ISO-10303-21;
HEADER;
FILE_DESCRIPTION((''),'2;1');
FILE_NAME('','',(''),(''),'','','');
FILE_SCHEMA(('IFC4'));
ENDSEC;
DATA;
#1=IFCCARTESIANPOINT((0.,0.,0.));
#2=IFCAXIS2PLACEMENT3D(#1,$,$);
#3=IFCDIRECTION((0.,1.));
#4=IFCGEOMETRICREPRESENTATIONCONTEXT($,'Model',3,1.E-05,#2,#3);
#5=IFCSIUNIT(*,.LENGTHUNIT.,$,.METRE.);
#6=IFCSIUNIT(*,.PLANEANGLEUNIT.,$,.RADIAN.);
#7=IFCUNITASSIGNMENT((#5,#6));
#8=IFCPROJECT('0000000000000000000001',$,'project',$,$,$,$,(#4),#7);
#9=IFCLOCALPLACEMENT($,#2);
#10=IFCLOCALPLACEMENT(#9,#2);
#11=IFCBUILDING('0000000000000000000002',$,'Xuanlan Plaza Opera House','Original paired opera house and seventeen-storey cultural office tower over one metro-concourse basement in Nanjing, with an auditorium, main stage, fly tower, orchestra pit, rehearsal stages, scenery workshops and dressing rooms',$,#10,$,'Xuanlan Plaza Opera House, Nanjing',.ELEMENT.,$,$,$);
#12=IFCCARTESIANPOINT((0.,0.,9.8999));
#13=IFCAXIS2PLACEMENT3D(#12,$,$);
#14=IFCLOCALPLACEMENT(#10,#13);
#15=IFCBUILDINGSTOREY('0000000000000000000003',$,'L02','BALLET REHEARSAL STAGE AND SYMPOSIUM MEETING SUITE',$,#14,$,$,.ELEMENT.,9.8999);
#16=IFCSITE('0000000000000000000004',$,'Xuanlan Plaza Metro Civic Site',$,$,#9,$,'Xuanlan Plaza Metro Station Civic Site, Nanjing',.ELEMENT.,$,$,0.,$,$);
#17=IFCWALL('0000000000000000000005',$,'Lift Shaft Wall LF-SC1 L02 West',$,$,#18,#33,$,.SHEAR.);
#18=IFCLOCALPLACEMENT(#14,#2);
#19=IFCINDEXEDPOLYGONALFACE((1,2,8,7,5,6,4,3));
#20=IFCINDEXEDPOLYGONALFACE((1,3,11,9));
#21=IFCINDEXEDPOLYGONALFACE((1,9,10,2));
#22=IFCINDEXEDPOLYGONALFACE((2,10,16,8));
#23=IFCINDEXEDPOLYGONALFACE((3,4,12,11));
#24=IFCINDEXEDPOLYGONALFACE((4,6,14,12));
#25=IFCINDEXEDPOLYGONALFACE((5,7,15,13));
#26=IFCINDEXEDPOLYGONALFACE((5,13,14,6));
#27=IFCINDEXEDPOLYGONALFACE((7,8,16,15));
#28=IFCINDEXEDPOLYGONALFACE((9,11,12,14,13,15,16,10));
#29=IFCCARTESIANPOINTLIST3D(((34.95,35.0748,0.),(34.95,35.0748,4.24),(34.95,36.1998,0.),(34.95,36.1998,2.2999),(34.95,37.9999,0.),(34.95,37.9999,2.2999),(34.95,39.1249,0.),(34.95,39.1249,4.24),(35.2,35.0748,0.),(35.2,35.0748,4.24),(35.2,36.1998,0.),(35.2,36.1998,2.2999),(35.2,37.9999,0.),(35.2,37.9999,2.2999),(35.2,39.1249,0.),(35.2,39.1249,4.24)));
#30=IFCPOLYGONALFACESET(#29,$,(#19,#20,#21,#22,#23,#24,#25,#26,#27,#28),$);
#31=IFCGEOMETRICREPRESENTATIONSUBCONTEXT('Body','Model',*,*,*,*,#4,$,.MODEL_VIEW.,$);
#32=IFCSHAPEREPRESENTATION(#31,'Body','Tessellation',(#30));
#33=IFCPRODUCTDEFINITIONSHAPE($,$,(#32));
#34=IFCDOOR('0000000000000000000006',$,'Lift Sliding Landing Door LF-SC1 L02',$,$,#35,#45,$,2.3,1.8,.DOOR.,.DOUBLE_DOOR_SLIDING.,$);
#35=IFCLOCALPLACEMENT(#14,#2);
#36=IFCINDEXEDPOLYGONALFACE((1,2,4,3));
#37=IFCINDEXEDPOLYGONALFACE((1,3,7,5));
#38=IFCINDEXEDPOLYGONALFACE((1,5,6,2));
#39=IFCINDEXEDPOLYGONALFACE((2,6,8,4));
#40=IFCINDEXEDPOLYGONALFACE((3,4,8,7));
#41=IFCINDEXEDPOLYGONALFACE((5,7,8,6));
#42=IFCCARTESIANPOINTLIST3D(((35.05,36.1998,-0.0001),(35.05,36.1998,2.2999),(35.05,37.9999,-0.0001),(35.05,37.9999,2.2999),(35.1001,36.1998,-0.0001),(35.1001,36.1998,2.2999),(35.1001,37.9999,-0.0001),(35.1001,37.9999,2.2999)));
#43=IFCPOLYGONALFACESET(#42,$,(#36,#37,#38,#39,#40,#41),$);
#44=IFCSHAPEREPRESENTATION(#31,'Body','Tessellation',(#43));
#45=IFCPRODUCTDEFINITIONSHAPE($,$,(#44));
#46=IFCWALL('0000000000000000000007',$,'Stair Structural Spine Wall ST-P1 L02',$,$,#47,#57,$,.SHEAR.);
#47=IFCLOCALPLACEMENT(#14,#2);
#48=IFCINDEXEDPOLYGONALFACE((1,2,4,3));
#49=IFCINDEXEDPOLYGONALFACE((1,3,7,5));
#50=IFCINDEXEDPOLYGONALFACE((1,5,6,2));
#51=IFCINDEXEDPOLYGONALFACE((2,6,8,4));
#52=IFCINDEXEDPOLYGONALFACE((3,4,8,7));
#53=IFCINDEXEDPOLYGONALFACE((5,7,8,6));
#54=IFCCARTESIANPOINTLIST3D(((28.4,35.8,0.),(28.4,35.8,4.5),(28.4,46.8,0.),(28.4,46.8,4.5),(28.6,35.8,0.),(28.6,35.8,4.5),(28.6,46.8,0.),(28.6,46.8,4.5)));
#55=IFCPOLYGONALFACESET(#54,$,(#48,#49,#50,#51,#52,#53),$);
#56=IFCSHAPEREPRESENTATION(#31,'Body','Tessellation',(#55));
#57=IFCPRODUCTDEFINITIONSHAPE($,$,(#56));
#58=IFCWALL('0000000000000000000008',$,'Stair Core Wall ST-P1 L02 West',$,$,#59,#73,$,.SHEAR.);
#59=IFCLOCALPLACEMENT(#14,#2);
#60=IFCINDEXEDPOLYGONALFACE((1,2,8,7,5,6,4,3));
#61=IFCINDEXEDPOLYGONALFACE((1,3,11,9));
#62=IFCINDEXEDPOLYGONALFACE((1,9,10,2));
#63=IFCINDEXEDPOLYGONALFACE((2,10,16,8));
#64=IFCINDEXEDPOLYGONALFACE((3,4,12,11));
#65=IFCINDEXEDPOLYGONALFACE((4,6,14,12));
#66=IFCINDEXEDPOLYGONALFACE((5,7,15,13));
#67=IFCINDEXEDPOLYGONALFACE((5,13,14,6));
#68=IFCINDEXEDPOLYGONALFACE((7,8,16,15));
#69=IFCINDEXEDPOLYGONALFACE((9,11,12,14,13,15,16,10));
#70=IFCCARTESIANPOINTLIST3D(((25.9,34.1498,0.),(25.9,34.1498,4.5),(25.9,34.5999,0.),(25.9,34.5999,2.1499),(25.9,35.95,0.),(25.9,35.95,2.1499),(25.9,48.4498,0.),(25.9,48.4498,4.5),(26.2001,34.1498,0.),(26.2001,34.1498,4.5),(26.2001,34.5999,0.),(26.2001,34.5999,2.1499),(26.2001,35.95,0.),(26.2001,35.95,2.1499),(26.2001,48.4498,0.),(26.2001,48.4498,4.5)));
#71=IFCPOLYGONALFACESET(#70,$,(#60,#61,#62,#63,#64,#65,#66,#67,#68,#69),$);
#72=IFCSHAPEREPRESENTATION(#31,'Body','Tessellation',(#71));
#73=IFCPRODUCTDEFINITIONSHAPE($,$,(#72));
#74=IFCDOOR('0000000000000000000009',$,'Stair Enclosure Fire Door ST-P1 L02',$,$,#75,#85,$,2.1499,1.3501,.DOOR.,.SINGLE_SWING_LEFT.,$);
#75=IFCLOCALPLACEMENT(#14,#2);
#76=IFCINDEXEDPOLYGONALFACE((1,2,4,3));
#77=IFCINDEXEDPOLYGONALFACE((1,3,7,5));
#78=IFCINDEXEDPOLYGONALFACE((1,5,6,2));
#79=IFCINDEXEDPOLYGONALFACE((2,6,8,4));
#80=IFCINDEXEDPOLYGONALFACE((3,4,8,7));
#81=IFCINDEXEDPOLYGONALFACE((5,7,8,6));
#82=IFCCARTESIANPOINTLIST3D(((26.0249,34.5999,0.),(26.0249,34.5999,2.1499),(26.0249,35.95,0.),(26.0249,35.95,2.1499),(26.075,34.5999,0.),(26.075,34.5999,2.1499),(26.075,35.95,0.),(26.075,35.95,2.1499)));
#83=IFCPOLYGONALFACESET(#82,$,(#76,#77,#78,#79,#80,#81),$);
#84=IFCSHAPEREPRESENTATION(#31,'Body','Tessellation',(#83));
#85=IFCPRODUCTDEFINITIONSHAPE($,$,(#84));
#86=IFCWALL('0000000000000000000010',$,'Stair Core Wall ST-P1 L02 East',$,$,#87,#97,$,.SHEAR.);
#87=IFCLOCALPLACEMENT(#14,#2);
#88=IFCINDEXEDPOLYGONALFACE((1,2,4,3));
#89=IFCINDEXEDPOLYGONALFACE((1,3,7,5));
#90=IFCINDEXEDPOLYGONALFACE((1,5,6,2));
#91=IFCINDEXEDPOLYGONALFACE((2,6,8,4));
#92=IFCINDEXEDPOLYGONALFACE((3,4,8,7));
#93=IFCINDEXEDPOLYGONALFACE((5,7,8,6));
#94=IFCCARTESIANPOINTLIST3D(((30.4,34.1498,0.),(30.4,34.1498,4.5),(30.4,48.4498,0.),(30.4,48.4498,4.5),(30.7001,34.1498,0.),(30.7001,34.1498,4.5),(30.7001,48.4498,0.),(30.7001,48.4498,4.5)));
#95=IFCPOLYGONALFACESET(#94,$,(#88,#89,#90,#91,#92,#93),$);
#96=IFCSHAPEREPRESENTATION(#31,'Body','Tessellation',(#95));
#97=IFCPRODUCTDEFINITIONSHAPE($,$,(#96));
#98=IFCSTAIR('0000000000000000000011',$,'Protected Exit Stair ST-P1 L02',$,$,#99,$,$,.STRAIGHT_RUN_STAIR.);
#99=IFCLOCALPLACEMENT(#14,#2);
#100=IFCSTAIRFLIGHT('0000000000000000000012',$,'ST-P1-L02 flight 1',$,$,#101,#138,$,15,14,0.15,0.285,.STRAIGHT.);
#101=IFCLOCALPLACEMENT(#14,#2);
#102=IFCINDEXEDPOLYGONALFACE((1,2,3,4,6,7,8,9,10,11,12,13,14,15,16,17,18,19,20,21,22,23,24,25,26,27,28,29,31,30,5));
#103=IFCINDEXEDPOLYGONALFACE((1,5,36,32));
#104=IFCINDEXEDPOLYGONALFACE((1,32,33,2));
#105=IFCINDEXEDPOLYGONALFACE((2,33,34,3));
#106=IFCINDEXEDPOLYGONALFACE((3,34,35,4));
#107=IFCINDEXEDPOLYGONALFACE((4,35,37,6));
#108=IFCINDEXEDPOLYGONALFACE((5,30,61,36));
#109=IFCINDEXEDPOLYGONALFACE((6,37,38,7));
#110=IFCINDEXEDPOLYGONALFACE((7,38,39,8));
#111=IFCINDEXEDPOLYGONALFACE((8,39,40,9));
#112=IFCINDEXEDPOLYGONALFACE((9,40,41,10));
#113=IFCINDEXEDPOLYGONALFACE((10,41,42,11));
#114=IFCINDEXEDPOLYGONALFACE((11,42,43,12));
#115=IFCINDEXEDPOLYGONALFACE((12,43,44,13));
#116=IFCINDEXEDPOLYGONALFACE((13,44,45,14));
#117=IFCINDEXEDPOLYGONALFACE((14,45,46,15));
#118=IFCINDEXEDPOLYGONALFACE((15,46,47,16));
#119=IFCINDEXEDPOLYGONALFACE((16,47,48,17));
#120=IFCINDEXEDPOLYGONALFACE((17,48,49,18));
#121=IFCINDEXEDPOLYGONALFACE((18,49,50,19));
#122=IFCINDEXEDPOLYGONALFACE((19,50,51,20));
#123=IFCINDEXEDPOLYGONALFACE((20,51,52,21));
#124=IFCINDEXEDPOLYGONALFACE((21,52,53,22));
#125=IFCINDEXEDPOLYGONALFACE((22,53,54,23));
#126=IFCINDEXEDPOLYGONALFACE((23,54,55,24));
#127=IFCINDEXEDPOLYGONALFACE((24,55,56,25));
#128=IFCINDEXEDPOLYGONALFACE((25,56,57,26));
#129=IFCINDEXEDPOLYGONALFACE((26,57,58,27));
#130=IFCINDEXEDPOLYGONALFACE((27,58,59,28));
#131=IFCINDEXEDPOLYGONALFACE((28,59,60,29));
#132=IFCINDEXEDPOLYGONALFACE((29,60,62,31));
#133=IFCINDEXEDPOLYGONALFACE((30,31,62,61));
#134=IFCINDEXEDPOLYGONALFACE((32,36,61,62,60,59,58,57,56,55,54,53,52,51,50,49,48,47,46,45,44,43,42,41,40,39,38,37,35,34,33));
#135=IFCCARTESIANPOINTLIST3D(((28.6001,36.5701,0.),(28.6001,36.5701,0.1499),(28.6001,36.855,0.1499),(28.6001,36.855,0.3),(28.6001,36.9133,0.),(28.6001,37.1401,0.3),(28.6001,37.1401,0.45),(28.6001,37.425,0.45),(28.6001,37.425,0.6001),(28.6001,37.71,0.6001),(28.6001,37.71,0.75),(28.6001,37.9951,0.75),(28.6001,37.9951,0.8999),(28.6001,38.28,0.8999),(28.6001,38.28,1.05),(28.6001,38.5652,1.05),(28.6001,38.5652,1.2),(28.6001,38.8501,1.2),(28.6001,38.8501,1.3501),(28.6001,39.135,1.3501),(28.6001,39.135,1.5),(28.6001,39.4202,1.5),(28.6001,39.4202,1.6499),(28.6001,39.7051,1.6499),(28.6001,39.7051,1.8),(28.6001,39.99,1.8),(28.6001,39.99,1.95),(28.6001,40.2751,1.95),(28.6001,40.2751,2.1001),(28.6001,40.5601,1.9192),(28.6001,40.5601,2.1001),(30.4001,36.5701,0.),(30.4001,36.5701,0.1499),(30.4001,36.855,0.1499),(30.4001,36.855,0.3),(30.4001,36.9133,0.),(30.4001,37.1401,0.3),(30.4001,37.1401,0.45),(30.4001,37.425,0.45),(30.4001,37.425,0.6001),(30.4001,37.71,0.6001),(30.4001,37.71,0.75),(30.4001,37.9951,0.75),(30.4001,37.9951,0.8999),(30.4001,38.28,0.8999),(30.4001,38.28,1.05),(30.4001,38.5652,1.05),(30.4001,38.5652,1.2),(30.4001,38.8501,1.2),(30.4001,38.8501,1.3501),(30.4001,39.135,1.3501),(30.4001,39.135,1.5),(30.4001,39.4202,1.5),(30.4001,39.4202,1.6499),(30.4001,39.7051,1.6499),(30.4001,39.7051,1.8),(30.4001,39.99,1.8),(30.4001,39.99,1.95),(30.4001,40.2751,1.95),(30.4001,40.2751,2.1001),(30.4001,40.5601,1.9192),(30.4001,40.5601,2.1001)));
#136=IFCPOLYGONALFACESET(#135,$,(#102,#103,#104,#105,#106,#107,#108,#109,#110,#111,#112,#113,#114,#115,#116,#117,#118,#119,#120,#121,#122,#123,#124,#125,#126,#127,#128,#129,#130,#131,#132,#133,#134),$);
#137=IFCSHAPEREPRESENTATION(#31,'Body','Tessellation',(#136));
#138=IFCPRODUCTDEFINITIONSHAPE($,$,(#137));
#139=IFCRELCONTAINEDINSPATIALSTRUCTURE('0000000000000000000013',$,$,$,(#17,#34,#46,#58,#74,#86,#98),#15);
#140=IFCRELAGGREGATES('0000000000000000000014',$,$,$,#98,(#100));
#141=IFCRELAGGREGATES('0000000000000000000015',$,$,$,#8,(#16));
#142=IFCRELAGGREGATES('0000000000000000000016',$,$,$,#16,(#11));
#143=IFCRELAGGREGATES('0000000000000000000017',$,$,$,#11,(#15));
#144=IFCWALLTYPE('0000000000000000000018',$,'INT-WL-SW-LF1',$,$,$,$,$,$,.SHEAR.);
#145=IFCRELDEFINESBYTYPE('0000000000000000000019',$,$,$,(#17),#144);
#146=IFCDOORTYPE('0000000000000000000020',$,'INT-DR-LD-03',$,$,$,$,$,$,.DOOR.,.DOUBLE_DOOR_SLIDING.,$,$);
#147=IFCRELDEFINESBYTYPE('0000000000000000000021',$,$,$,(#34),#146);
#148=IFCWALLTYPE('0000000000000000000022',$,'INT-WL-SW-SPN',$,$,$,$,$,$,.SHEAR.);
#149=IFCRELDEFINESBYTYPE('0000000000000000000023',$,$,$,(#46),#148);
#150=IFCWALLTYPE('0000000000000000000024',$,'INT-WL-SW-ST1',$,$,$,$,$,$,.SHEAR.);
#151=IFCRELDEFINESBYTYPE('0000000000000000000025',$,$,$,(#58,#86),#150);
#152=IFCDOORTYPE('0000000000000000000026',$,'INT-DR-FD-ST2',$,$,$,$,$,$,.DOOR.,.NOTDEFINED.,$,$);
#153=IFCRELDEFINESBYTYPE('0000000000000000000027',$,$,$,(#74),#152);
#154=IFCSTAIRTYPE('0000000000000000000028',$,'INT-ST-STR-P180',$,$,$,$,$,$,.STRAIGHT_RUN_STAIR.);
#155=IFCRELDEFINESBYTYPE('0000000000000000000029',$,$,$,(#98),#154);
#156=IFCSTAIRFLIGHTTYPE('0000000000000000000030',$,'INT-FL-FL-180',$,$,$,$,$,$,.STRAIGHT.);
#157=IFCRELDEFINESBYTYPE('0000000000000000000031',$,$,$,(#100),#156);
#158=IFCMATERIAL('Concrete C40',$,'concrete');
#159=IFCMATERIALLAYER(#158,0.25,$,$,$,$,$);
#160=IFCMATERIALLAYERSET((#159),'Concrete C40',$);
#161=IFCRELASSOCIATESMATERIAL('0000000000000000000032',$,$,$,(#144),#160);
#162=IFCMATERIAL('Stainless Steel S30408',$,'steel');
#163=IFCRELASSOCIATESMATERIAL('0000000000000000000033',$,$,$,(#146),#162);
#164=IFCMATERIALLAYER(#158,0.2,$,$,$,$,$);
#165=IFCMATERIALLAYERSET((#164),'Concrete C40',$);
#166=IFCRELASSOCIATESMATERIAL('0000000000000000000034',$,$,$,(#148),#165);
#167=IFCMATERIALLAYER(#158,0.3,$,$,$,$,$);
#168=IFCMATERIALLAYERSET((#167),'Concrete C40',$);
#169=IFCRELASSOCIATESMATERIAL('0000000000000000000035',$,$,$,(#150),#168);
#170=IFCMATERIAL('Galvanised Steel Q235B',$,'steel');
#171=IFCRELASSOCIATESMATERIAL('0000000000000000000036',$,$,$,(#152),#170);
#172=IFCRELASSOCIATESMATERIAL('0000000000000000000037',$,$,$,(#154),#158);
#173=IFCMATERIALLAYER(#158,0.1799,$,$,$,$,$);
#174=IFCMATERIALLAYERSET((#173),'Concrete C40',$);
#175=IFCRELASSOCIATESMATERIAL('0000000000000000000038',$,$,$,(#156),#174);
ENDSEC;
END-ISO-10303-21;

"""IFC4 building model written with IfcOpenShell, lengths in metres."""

from ifc_helpers import new_model, si_unit, direction, frame, frame_2d, origin, place, context, subcontext, project, spatial, polyline, rectangle, outline, extrude, material, layer, layer_set, type_object, element, fill, aggregate, save


model = new_model("IFC4")

# Units and contexts
model_context = context("Model", 3, precision=1e-05, world=origin(), true_north=direction((0.0, 1.0)))
body_context = subcontext(model_context, "Body", "Model", "MODEL_VIEW")
ifc_project = project(units=[si_unit("LENGTHUNIT", "METRE"), si_unit("PLANEANGLEUNIT", "RADIAN")], contexts=[model_context])

# Site, building, storey
site_placement = place(None, origin())
site = spatial("IfcSite", under=ifc_project, at=site_placement, Name="Xuanlan Plaza Metro Civic Site", LongName="Xuanlan Plaza Metro Station Civic Site, Nanjing", CompositionType="ELEMENT", RefElevation=0.0)
building_placement = place(site_placement, origin())
building = spatial("IfcBuilding", under=site, at=building_placement, Name="Xuanlan Plaza Opera House", Description="Original paired opera house and seventeen-storey cultural office tower over one metro-concourse basement in Nanjing, with an auditorium, main stage, fly tower, orchestra pit, rehearsal stages, scenery workshops and dressing rooms", LongName="Xuanlan Plaza Opera House, Nanjing", CompositionType="ELEMENT")
storey_placement = place(building_placement, frame((0.0, 0.0, 9.8999)))
storey = spatial("IfcBuildingStorey", under=building, at=storey_placement, Name="L02", Description="BALLET REHEARSAL STAGE AND SYMPOSIUM MEETING SUITE", CompositionType="ELEMENT", Elevation=9.8999)

# Shared definitions
ifc_material_1 = material(Name="Concrete C40", Category="concrete")

# Shared definitions
ifc_layer_1 = layer(ifc_material_1, 0.25)
ifc_layer_set_1 = layer_set([ifc_layer_1], Name="Concrete C40")
wall_type_1 = type_object("IfcWallType", Name="INT-WL-SW-LF1", PredefinedType="SHEAR", material=ifc_layer_set_1)

# Wall, opening, door
wall_1_placement = place(storey_placement, frame((35.075, 35.075, 0.0), z_axis=(0.0, 0.0, 1.0), x_axis=(0.0, 1.0, 0.0)))
wall_1 = element("IfcWall", 1, at=wall_1_placement, inside=storey, type_object=wall_type_1, Name="Lift Shaft Wall LF-SC1 L02 West", PredefinedType="SHEAR", context=body_context, shape_type="SweptSolid", body=[
    extrude(rectangle(XDim=4.05, YDim=0.25, at=frame_2d((2.0249, 0.0))), origin(), (0.0, 0.0, 1.0), 4.24),
])
opening_1_placement = place(wall_1_placement, frame((1.125, 0.0, 0.0)))
opening_1 = element("IfcOpeningElement", 2, at=opening_1_placement, cuts=wall_1, PredefinedType="OPENING", context=body_context, shape_type="SweptSolid", body=[
    extrude(rectangle(XDim=1.8, YDim=2.3, at=frame_2d((0.8999, 1.1499))), frame((0.0, 0.135, 0.0), z_axis=(0.0, -1.0, 0.0), x_axis=(1.0, 0.0, 0.0)), (0.0, 0.0, 1.0), 0.27),
])
ifc_material_2 = material(Name="Stainless Steel S30408", Category="steel")
door_type_1 = type_object("IfcDoorType", Name="INT-DR-LD-03", OperationType="DOUBLE_DOOR_SLIDING", PredefinedType="DOOR", material=ifc_material_2)
door_1_placement = place(opening_1_placement, origin())
door_1 = element("IfcDoor", 3, at=door_1_placement, inside=storey, type_object=door_type_1, Name="Lift Sliding Landing Door LF-SC1 L02", OperationType="DOUBLE_DOOR_SLIDING", OverallHeight=2.3, OverallWidth=1.8, PredefinedType="DOOR", context=body_context, shape_type="SweptSolid", body=[
    extrude(rectangle(XDim=1.8, YDim=2.3, at=frame_2d((0.8999, 1.1499))), frame((0.0, 0.0249, 0.0), z_axis=(0.0, -1.0, 0.0), x_axis=(1.0, 0.0, 0.0)), (0.0, 0.0, 1.0), 0.05),
])
fill(opening_1, door_1)

# Wall
ifc_layer_2 = layer(ifc_material_1, 0.2)
ifc_layer_set_2 = layer_set([ifc_layer_2], Name="Concrete C40")
wall_type_2 = type_object("IfcWallType", Name="INT-WL-SW-SPN", PredefinedType="SHEAR", material=ifc_layer_set_2)
wall_2_placement = place(storey_placement, frame((28.5, 35.8, 0.0), z_axis=(0.0, 0.0, 1.0), x_axis=(0.0, 1.0, 0.0)))
element("IfcWall", 4, at=wall_2_placement, inside=storey, type_object=wall_type_2, Name="Stair Structural Spine Wall ST-P1 L02", PredefinedType="SHEAR", context=body_context, shape_type="SweptSolid", body=[
    extrude(rectangle(XDim=11.0, YDim=0.2, at=frame_2d((5.5, 0.0))), origin(), (0.0, 0.0, 1.0), 4.5),
])

# Wall, opening, door
ifc_layer_3 = layer(ifc_material_1, 0.3)
ifc_layer_set_3 = layer_set([ifc_layer_3], Name="Concrete C40")
wall_type_3 = type_object("IfcWallType", Name="INT-WL-SW-ST1", PredefinedType="SHEAR", material=ifc_layer_set_3)
wall_3_placement = place(storey_placement, frame((26.05, 34.1499, 0.0), z_axis=(0.0, 0.0, 1.0), x_axis=(0.0, 1.0, 0.0)))
wall_3 = element("IfcWall", 5, at=wall_3_placement, inside=storey, type_object=wall_type_3, Name="Stair Core Wall ST-P1 L02 West", PredefinedType="SHEAR", context=body_context, shape_type="SweptSolid", body=[
    extrude(rectangle(XDim=14.3, YDim=0.3, at=frame_2d((7.1499, 0.0))), origin(), (0.0, 0.0, 1.0), 4.5),
])
opening_2_placement = place(wall_3_placement, frame((0.45, 0.0, 0.0)))
opening_2 = element("IfcOpeningElement", 6, at=opening_2_placement, cuts=wall_3, PredefinedType="OPENING", context=body_context, shape_type="SweptSolid", body=[
    extrude(rectangle(XDim=1.3501, YDim=2.1499, at=frame_2d((0.675, 1.075))), frame((0.0, 0.1599, 0.0), z_axis=(0.0, -1.0, 0.0), x_axis=(1.0, 0.0, 0.0)), (0.0, 0.0, 1.0), 0.3201),
])
ifc_material_3 = material(Name="Galvanised Steel Q235B", Category="steel")
door_type_2 = type_object("IfcDoorType", Name="INT-DR-FD-ST2", OperationType="NOTDEFINED", PredefinedType="DOOR", material=ifc_material_3)
door_2_placement = place(opening_2_placement, frame((1.3501, 0.0, 0.0), z_axis=(0.0, 0.0, 1.0), x_axis=(-1.0, 0.0, 0.0)))
door_2 = element("IfcDoor", 7, at=door_2_placement, inside=storey, type_object=door_type_2, Name="Stair Enclosure Fire Door ST-P1 L02", OperationType="SINGLE_SWING_LEFT", OverallHeight=2.1499, OverallWidth=1.3501, PredefinedType="DOOR", context=body_context, shape_type="SweptSolid", body=[
    extrude(rectangle(XDim=1.3501, YDim=2.1499, at=frame_2d((0.675, 1.075))), frame((0.0, 0.0249, 0.0), z_axis=(0.0, -1.0, 0.0), x_axis=(1.0, 0.0, 0.0)), (0.0, 0.0, 1.0), 0.05),
])
fill(opening_2, door_2)

# Wall
wall_4_placement = place(storey_placement, frame((30.55, 34.1499, 0.0), z_axis=(0.0, 0.0, 1.0), x_axis=(0.0, 1.0, 0.0)))
element("IfcWall", 8, at=wall_4_placement, inside=storey, type_object=wall_type_3, Name="Stair Core Wall ST-P1 L02 East", PredefinedType="SHEAR", context=body_context, shape_type="SweptSolid", body=[
    extrude(rectangle(XDim=14.3, YDim=0.3, at=frame_2d((7.1499, 0.0))), origin(), (0.0, 0.0, 1.0), 4.5),
])

# Stair, stair flight
stair_type = type_object("IfcStairType", Name="INT-ST-STR-P180", PredefinedType="STRAIGHT_RUN_STAIR", material=ifc_material_1)
stair_placement = place(storey_placement, origin())
stair = element("IfcStair", 9, at=stair_placement, inside=storey, type_object=stair_type, Name="Protected Exit Stair ST-P1 L02", PredefinedType="STRAIGHT_RUN_STAIR")
ifc_layer_4 = layer(ifc_material_1, 0.1799)
ifc_layer_set_4 = layer_set([ifc_layer_4], Name="Concrete C40")
stair_flight_type = type_object("IfcStairFlightType", Name="INT-FL-FL-180", PredefinedType="STRAIGHT", material=ifc_layer_set_4)
stair_flight_placement = place(storey_placement, frame((29.5, 36.5701, 0.0), z_axis=(0.0, 0.0, 1.0), x_axis=(0.0, 1.0, 0.0)))
stair_flight = element("IfcStairFlight", 10, at=stair_flight_placement, type_object=stair_flight_type, Name="ST-P1-L02 flight 1", NumberOfRisers=15, NumberOfTreads=14, PredefinedType="STRAIGHT", RiserHeight=0.15, TreadLength=0.285, context=body_context, shape_type="SweptSolid", body=[
    extrude(outline(polyline([(0.0, 0.0), (0.0, 0.1499), (0.2849, 0.1499), (0.2849, 0.3), (0.5701, 0.3), (0.5701, 0.45), (0.855, 0.45), (0.855, 0.6001), (1.1399, 0.6001), (1.1399, 0.75), (1.425, 0.75), (1.425, 0.8999), (1.71, 0.8999), (1.71, 1.05), (1.9951, 1.05), (1.9951, 1.2), (2.28, 1.2), (2.28, 1.3501), (2.5649, 1.3501), (2.5649, 1.5), (2.8501, 1.5), (2.8501, 1.6499), (3.135, 1.6499), (3.135, 1.8), (3.4199, 1.8), (3.4199, 1.95), (3.7051, 1.95), (3.7051, 2.1001), (3.99, 2.1001), (3.99, 2.25), (3.99, 1.9192), (0.3433, 0.0), (0.0, 0.0)])), frame((0.0, 0.8999, 0.0), z_axis=(0.0, -1.0, 0.0), x_axis=(1.0, 0.0, 0.0)), (0.0, 0.0, 1.0), 1.8),
])
aggregate(stair, [stair_flight])

save(model, "model.ifc")
